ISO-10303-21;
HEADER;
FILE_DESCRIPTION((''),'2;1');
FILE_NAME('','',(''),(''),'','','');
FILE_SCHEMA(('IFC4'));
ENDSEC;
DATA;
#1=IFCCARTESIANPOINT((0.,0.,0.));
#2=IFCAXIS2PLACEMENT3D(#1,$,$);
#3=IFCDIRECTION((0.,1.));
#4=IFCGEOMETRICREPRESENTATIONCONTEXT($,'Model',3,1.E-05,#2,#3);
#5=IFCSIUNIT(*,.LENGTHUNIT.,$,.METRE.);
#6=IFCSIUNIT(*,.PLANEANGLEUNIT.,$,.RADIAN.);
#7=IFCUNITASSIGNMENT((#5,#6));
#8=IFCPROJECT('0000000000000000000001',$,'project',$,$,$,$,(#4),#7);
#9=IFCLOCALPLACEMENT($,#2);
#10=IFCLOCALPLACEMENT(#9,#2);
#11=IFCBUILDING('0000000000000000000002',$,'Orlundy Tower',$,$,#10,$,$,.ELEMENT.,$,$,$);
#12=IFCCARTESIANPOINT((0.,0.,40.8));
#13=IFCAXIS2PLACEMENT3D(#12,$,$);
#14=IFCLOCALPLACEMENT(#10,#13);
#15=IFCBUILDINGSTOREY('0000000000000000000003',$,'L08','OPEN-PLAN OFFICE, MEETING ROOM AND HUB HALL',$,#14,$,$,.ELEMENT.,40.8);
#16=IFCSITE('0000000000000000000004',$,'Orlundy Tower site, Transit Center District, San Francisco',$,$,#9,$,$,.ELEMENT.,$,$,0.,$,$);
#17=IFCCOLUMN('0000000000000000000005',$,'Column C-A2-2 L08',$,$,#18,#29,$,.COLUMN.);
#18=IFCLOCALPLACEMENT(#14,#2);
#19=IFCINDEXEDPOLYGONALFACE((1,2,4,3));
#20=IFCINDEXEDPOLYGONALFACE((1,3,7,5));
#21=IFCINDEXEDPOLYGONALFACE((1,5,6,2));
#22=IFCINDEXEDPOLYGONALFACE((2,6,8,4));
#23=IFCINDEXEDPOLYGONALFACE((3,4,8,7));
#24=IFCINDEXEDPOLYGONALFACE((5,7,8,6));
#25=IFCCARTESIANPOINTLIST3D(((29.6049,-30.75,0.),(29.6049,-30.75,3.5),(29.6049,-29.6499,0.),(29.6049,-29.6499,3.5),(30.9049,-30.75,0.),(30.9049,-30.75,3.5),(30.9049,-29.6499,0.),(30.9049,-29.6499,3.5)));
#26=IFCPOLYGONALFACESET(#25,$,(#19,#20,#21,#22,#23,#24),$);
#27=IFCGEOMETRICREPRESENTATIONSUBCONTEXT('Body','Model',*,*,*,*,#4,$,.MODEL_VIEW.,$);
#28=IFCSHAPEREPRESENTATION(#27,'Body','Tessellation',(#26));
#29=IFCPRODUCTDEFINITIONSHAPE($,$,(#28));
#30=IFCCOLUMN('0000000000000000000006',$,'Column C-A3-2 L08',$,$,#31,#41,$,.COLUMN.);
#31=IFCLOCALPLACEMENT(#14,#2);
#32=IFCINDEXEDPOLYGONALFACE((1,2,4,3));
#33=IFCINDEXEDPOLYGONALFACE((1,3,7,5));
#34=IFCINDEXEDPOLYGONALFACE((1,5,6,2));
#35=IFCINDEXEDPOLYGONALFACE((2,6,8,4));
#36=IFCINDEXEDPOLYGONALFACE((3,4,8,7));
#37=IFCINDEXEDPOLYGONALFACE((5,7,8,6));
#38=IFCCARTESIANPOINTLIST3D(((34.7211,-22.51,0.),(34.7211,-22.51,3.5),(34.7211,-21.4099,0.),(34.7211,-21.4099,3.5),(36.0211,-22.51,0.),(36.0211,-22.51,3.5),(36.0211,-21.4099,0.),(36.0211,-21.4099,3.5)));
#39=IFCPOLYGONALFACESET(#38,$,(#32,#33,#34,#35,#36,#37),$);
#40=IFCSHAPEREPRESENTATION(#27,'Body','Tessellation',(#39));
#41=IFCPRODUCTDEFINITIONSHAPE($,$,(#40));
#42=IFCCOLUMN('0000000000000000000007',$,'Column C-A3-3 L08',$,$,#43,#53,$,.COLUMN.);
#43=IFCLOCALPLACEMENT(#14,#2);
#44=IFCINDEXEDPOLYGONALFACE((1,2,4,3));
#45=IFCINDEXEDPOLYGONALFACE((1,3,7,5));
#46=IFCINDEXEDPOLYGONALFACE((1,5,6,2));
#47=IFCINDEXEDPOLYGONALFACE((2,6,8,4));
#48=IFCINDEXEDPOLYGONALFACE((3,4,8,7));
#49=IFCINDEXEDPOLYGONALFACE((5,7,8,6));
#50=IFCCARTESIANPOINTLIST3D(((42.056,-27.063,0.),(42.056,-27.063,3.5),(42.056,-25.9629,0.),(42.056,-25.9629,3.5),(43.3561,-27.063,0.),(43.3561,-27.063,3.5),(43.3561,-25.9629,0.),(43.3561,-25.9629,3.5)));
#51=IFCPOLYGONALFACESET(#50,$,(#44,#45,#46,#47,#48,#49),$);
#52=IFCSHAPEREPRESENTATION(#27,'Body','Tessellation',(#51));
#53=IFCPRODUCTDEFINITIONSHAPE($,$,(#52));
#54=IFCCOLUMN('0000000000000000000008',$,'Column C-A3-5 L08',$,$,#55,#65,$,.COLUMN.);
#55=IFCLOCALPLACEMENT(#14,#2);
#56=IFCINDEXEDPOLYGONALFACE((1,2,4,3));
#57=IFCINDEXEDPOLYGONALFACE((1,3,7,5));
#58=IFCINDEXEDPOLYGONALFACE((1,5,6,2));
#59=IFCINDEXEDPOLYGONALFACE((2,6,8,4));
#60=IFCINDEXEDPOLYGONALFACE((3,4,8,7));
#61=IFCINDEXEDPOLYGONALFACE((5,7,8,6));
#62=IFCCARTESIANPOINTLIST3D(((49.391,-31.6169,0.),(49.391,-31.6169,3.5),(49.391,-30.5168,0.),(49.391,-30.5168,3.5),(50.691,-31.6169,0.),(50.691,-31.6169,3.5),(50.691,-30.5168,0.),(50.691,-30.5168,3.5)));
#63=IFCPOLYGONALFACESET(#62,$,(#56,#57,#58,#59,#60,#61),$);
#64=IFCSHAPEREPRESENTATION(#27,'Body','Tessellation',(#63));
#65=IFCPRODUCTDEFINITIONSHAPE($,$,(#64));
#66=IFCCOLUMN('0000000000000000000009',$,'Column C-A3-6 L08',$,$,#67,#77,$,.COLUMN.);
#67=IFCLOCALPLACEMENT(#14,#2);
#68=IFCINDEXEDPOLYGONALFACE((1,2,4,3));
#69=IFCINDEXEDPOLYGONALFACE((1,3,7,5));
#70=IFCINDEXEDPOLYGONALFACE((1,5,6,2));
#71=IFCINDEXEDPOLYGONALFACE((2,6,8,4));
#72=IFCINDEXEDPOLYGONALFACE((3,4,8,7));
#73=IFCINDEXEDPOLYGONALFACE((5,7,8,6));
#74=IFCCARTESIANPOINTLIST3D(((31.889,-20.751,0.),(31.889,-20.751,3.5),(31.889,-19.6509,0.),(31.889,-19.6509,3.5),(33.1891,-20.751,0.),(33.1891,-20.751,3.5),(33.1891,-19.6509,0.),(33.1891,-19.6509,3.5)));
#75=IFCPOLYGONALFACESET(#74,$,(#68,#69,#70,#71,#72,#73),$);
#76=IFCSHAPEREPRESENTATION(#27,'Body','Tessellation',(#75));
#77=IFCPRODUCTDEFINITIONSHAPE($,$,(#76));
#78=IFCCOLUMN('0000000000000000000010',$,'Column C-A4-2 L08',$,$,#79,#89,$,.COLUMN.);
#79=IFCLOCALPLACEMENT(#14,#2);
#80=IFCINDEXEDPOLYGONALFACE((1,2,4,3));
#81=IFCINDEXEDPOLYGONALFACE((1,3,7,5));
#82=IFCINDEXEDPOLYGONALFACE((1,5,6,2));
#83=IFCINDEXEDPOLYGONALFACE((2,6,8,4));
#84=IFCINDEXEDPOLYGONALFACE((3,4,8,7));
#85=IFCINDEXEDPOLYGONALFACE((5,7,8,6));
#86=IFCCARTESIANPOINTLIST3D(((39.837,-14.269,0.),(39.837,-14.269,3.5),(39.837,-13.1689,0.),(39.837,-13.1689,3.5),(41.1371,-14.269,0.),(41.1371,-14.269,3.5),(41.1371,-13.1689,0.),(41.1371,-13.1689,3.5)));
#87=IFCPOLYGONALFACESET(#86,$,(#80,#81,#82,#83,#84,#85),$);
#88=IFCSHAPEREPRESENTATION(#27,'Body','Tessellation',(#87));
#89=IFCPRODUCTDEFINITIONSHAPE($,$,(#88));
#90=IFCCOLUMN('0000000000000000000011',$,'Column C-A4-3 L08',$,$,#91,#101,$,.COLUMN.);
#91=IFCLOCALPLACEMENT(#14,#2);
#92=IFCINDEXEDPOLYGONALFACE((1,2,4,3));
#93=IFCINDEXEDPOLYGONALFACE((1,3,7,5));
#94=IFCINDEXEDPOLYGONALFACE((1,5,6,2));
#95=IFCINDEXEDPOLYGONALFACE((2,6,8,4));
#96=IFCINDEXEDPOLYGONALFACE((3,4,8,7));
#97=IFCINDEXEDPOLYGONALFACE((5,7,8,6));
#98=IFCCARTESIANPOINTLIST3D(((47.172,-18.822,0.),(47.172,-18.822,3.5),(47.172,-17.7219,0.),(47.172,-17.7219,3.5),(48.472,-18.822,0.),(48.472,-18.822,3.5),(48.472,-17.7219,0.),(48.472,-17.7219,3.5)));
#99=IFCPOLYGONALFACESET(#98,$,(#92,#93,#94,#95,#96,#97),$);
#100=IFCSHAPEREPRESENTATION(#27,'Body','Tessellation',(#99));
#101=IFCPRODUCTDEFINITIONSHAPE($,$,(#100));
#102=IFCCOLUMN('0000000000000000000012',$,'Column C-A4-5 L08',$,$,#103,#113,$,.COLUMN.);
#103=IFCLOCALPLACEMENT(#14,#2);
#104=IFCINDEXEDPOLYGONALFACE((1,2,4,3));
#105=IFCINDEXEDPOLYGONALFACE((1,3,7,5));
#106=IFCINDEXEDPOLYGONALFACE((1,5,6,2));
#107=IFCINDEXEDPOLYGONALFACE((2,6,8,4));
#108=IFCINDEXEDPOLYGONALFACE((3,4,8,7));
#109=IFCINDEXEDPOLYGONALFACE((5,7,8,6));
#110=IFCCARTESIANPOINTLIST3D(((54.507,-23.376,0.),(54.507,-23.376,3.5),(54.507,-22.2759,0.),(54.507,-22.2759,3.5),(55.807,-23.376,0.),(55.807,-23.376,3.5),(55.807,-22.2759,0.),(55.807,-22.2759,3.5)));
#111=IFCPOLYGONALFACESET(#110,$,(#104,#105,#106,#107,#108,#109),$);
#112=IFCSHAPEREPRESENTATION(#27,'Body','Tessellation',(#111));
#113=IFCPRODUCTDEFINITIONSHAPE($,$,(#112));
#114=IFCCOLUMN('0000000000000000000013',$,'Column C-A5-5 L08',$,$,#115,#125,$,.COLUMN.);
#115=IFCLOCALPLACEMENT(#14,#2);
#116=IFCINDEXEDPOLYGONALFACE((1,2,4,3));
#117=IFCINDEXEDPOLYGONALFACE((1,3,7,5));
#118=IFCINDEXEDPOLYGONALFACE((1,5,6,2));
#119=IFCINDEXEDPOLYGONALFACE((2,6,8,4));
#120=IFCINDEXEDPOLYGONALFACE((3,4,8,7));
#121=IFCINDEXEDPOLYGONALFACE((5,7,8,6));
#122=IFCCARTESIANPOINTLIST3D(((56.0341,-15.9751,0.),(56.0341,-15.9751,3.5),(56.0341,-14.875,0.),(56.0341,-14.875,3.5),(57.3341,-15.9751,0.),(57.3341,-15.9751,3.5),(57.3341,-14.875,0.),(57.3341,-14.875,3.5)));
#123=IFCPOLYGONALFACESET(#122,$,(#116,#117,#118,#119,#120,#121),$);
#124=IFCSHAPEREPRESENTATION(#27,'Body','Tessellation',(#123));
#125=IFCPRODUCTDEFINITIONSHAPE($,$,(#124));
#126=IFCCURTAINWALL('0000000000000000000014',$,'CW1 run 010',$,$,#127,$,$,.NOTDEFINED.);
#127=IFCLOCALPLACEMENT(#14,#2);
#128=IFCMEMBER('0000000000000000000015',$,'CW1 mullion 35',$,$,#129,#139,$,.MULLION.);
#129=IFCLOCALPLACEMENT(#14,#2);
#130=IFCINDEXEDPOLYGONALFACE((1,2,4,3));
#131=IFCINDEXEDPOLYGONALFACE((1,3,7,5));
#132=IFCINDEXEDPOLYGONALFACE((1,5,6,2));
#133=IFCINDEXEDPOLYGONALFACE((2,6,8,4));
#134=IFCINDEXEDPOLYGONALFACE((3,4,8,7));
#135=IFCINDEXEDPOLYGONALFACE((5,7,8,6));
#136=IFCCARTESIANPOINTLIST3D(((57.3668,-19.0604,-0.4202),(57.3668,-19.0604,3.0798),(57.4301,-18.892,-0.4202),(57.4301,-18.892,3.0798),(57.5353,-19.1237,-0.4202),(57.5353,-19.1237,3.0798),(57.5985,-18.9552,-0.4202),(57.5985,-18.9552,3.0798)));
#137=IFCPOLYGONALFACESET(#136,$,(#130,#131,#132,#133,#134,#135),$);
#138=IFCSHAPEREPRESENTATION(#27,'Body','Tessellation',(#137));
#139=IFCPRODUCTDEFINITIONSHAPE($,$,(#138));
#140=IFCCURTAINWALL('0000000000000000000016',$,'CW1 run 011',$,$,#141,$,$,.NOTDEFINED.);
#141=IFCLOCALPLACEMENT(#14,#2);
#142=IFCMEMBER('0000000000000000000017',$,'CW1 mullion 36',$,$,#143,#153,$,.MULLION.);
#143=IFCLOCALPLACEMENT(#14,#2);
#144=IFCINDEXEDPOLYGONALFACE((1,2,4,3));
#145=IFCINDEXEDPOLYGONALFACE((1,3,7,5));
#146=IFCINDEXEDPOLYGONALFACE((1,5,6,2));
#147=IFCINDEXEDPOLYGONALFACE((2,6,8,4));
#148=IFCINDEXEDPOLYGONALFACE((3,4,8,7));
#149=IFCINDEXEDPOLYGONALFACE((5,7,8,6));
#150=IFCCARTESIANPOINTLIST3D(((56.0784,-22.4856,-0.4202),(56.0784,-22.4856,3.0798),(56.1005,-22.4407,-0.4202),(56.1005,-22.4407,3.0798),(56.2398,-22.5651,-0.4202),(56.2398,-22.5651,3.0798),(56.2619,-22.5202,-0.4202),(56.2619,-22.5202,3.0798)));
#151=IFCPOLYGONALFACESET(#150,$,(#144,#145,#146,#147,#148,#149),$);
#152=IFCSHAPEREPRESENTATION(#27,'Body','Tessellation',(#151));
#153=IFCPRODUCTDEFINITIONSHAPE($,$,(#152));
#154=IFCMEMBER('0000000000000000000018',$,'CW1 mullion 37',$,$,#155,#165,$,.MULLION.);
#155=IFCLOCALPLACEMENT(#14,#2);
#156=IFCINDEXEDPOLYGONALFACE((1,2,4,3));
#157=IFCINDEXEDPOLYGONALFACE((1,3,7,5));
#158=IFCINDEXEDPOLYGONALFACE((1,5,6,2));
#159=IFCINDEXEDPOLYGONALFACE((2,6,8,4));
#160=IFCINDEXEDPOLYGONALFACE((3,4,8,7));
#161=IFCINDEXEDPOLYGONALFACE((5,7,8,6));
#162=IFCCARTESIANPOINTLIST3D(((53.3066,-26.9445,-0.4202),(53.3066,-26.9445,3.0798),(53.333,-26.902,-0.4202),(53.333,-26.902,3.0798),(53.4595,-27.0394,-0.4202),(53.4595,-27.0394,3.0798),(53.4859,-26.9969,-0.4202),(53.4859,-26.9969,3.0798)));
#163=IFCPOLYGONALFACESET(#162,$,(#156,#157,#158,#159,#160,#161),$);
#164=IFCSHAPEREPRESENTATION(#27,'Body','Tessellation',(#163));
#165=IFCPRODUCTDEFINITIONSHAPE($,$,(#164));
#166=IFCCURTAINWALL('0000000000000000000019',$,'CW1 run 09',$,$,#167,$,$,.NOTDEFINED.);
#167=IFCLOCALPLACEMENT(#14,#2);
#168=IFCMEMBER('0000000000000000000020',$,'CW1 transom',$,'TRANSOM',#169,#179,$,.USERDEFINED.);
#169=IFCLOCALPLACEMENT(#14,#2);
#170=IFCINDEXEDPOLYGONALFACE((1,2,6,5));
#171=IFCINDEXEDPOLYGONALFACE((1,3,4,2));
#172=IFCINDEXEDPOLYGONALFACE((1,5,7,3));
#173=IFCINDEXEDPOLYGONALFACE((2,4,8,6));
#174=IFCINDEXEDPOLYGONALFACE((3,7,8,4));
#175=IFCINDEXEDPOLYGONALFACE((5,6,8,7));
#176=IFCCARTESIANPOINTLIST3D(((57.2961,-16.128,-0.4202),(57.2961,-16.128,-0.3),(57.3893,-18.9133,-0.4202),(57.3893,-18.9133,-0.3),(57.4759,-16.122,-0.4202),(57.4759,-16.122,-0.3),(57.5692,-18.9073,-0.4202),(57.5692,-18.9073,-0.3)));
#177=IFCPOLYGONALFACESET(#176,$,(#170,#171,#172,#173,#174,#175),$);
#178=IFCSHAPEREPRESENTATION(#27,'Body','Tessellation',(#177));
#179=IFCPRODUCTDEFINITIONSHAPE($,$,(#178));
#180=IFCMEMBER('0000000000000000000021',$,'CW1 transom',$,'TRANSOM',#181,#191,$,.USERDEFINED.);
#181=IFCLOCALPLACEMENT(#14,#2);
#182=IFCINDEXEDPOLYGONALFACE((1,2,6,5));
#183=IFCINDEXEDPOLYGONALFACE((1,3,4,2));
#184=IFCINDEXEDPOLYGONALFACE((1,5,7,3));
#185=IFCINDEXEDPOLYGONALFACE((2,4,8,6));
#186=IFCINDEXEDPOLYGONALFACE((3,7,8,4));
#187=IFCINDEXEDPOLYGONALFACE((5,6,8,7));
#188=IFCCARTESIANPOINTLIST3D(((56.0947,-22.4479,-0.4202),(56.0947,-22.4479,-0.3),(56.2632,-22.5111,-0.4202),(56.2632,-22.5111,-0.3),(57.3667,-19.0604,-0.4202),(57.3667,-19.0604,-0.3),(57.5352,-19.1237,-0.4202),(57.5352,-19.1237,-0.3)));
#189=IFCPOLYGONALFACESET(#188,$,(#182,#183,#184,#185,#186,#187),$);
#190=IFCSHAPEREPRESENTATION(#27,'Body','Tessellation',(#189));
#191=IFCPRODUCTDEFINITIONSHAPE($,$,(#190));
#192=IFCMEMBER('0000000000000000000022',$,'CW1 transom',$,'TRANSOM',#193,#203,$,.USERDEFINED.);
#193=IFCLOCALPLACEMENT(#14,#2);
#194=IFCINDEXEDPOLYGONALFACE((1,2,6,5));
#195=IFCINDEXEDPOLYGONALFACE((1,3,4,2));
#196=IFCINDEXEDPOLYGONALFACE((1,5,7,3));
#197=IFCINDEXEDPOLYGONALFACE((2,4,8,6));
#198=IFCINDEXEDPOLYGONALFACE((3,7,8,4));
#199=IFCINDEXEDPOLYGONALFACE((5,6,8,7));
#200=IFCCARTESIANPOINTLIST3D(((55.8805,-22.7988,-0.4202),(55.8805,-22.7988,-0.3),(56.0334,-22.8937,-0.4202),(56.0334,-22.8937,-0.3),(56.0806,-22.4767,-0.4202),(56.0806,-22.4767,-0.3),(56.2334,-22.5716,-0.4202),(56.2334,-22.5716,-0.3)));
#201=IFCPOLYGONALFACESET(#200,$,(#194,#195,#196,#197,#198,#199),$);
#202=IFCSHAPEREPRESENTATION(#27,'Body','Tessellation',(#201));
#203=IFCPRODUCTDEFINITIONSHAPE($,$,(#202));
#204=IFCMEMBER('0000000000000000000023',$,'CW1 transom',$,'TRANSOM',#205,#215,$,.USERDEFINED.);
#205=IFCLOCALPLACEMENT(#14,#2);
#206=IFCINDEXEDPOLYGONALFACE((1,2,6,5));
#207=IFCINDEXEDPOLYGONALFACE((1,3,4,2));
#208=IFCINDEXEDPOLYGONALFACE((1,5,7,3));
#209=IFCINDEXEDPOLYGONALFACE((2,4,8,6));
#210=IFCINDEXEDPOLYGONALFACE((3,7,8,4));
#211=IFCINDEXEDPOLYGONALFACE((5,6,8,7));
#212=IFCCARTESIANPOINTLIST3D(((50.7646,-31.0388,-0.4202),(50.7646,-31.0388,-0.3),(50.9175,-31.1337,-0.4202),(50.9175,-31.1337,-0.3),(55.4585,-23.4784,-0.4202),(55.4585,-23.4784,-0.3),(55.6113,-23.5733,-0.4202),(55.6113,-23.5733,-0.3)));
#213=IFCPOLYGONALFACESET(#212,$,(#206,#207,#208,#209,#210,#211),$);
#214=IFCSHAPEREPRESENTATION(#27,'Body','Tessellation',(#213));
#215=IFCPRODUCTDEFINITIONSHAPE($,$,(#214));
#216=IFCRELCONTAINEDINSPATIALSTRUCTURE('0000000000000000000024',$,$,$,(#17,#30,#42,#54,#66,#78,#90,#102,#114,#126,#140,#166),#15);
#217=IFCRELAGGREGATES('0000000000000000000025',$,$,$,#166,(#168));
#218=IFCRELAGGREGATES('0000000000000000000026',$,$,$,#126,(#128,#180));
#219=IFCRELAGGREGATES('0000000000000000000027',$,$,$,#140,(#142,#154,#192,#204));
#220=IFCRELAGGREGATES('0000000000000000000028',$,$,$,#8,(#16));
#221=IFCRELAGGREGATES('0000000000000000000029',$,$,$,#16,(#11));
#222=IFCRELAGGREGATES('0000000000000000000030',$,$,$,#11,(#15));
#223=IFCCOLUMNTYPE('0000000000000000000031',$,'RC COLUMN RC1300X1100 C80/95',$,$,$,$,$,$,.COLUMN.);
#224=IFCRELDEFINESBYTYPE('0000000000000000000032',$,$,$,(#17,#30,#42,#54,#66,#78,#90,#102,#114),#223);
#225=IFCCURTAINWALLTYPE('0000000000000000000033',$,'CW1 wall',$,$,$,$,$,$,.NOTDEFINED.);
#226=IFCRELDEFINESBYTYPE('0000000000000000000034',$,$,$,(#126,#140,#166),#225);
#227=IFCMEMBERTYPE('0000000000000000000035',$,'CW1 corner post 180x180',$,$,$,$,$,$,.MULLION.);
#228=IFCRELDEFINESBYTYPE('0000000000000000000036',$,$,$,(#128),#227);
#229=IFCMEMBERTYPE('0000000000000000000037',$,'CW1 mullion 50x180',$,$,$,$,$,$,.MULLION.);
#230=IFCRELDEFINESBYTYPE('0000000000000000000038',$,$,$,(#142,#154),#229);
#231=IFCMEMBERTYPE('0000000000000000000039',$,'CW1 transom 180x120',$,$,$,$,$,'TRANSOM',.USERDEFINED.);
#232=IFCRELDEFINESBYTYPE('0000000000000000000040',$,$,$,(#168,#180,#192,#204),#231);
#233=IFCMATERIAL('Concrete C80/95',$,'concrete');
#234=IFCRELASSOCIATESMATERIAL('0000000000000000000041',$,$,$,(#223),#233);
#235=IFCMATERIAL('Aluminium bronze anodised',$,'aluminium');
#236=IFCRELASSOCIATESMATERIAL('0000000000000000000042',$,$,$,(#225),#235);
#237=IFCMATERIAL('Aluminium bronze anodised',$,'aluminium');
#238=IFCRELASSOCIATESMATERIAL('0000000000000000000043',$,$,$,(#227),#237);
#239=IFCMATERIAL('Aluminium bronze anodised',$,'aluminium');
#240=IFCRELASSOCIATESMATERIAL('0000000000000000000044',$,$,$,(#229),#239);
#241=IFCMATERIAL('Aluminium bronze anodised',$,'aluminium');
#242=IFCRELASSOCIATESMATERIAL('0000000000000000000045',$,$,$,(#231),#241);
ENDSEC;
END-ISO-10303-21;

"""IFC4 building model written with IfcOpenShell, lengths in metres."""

from ifc_helpers import new_model, si_unit, direction, frame, origin, origin_2d, place, context, subcontext, project, spatial, rectangle, extrude, material, material_profile, profile_set, type_object, element, aggregate, save


model = new_model("IFC4")

# Units and contexts
model_context = context("Model", 3, precision=1e-05, world=origin(), true_north=direction((0.0, 1.0)))
body_context = subcontext(model_context, "Body", "Model", "MODEL_VIEW")
ifc_project = project(units=[si_unit("LENGTHUNIT", "METRE"), si_unit("PLANEANGLEUNIT", "RADIAN")], contexts=[model_context])

# Site, building, storey
site_placement = place(None, origin())
site = spatial("IfcSite", under=ifc_project, at=site_placement, Name="Orlundy Tower site, Transit Center District, San Francisco", CompositionType="ELEMENT", RefElevation=0.0)
building_placement = place(site_placement, origin())
building = spatial("IfcBuilding", under=site, at=building_placement, Name="Orlundy Tower", CompositionType="ELEMENT")
storey_placement = place(building_placement, frame((0.0, 0.0, 40.8)))
storey = spatial("IfcBuildingStorey", under=building, at=storey_placement, Name="L08", Description="OPEN-PLAN OFFICE, MEETING ROOM AND HUB HALL", CompositionType="ELEMENT", Elevation=40.8)

# Columns
ifc_material_1 = material(Name="Concrete C80/95", Category="concrete")
ifc_material_profile_1 = material_profile(ifc_material_1, rectangle(XDim=1.3, YDim=1.1001, at=origin_2d()), Name="RC1300X1100")
ifc_profile_set_1 = profile_set([ifc_material_profile_1], Name="Concrete C80/95")
column_type = type_object("IfcColumnType", Name="RC COLUMN RC1300X1100 C80/95", PredefinedType="COLUMN", material=ifc_profile_set_1)
for number, where, z_axis, x_axis, name in (
    (1, (30.2549, -30.2, 0.0), (0.0, 0.0, 1.0), (1.0, 0.0, 0.0), "Column C-A2-2 L08"),
    (2, (35.3711, -21.96, 0.0), (0.0, 0.0, 1.0), (1.0, 0.0, 0.0), "Column C-A3-2 L08"),
    (3, (42.7061, -26.5129, 0.0), (0.0, 0.0, 1.0), (1.0, 0.0, 0.0), "Column C-A3-3 L08"),
    (4, (50.041, -31.0669, 0.0), (0.0, 0.0, 1.0), (1.0, 0.0, 0.0), "Column C-A3-5 L08"),
    (5, (32.5391, -20.2009, 0.0), (0.0, 0.0, 1.0), (1.0, 0.0, 0.0), "Column C-A3-6 L08"),
    (6, (40.4871, -13.719, 0.0), (0.0, 0.0, 1.0), (1.0, 0.0, 0.0), "Column C-A4-2 L08"),
    (7, (47.822, -18.272, 0.0), (0.0, 0.0, 1.0), (1.0, 0.0, 0.0), "Column C-A4-3 L08"),
    (8, (55.157, -22.8259, 0.0), (0.0, 0.0, 1.0), (1.0, 0.0, 0.0), "Column C-A4-5 L08"),
    (9, (56.6841, -15.425, 0.0), (0.0, 0.0, 1.0), (1.0, 0.0, 0.0), "Column C-A5-5 L08"),
):
    element("IfcColumn", number, at=place(storey_placement, frame(where, z_axis=z_axis, x_axis=x_axis)), inside=storey, type_object=column_type, Name=name, PredefinedType="COLUMN", context=body_context, shape_type="SweptSolid", body=[
        extrude(rectangle(XDim=1.3, YDim=1.1001, at=origin_2d()), origin(), (0.0, 0.0, 1.0), 3.5),
    ])

# Curtain wall, member
ifc_material_2 = material(Name="Aluminium bronze anodised", Category="aluminium")
curtain_wall_type = type_object("IfcCurtainWallType", Name="CW1 wall", PredefinedType="NOTDEFINED", material=ifc_material_2)
curtain_wall_1_placement = place(storey_placement, origin())
curtain_wall_1 = element("IfcCurtainWall", 10, at=curtain_wall_1_placement, inside=storey, type_object=curtain_wall_type, Name="CW1 run 010", PredefinedType="NOTDEFINED")
ifc_material_3 = material(Name="Aluminium bronze anodised", Category="aluminium")
ifc_material_profile_2 = material_profile(ifc_material_3, rectangle(XDim=0.1799, YDim=0.1799, at=origin_2d()), Name="CW1 corner post 180x180")
ifc_profile_set_2 = profile_set([ifc_material_profile_2], Name="Aluminium bronze anodised")
member_type_1 = type_object("IfcMemberType", Name="CW1 corner post 180x180", PredefinedType="MULLION", material=ifc_profile_set_2)
member_1_placement = place(storey_placement, frame((57.4827, -19.0078, -0.4202), z_axis=(0.0, 0.0, 1.0), x_axis=(0.936174, -0.351537, 0.0)))
member_1 = element("IfcMember", 11, at=member_1_placement, type_object=member_type_1, Name="CW1 mullion 35", PredefinedType="MULLION", context=body_context, shape_type="SweptSolid", body=[
    extrude(rectangle(XDim=0.1799, YDim=0.1799, at=origin_2d()), origin(), (0.0, 0.0, 1.0), 3.5),
])

# Curtain wall, members
curtain_wall_2_placement = place(storey_placement, origin())
curtain_wall_2 = element("IfcCurtainWall", 12, at=curtain_wall_2_placement, inside=storey, type_object=curtain_wall_type, Name="CW1 run 011", PredefinedType="NOTDEFINED")
ifc_material_4 = material(Name="Aluminium bronze anodised", Category="aluminium")
ifc_material_profile_3 = material_profile(ifc_material_4, rectangle(XDim=0.1799, YDim=0.05, at=origin_2d()), Name="CW1 mullion 50x180")
ifc_profile_set_3 = profile_set([ifc_material_profile_3], Name="Aluminium bronze anodised")
member_type_2 = type_object("IfcMemberType", Name="CW1 mullion 50x180", PredefinedType="MULLION", material=ifc_profile_set_3)
member_2_placement = place(storey_placement, frame((56.1702, -22.5029, -0.4202), z_axis=(0.0, 0.0, 1.0), x_axis=(0.897195, -0.441634, 0.0)))
member_2 = element("IfcMember", 13, at=member_2_placement, type_object=member_type_2, Name="CW1 mullion 36", PredefinedType="MULLION", context=body_context, shape_type="SweptSolid", body=[
    extrude(rectangle(XDim=0.1799, YDim=0.05, at=origin_2d()), origin(), (0.0, 0.0, 1.0), 3.5),
])
member_3_placement = place(storey_placement, frame((53.3962, -26.9707, -0.4202), z_axis=(0.0, 0.0, 1.0), x_axis=(0.84957, -0.527475, 0.0)))
member_3 = element("IfcMember", 14, at=member_3_placement, type_object=member_type_2, Name="CW1 mullion 37", PredefinedType="MULLION", context=body_context, shape_type="SweptSolid", body=[
    extrude(rectangle(XDim=0.1799, YDim=0.05, at=origin_2d()), origin(), (0.0, 0.0, 1.0), 3.5),
])

# Curtain wall, member
curtain_wall_3_placement = place(storey_placement, origin())
curtain_wall_3 = element("IfcCurtainWall", 15, at=curtain_wall_3_placement, inside=storey, type_object=curtain_wall_type, Name="CW1 run 09", PredefinedType="NOTDEFINED")
ifc_material_5 = material(Name="Aluminium bronze anodised", Category="aluminium")
ifc_material_profile_4 = material_profile(ifc_material_5, rectangle(XDim=0.1799, YDim=0.1201, at=origin_2d()), Name="CW1 transom 180x120")
ifc_profile_set_4 = profile_set([ifc_material_profile_4], Name="Aluminium bronze anodised")
member_type_3 = type_object("IfcMemberType", Name="CW1 transom 180x120", ElementType="TRANSOM", PredefinedType="USERDEFINED", material=ifc_profile_set_4)
member_4_placement = place(storey_placement, frame((57.386, -16.125, -0.3601), z_axis=(0.033464, -0.99944, 0.0), x_axis=(0.99944, 0.033464, 0.0)))
member_4 = element("IfcMember", 16, at=member_4_placement, type_object=member_type_3, Name="CW1 transom", ObjectType="TRANSOM", PredefinedType="USERDEFINED", context=body_context, shape_type="SweptSolid", body=[
    extrude(rectangle(XDim=0.1799, YDim=0.1201, at=origin_2d()), origin(), (0.0, 0.0, 1.0), 2.7869),
])

# Members
member_5_placement = place(storey_placement, frame((57.4509, -19.092, -0.3601), z_axis=(-0.35153, -0.936177, 0.0), x_axis=(0.936177, -0.35153, 0.0)))
member_5 = element("IfcMember", 17, at=member_5_placement, type_object=member_type_3, Name="CW1 transom", ObjectType="TRANSOM", PredefinedType="USERDEFINED", context=body_context, shape_type="SweptSolid", body=[
    extrude(rectangle(XDim=0.1799, YDim=0.1201, at=origin_2d()), origin(), (0.0, 0.0, 1.0), 3.6184),
])
member_6_placement = place(storey_placement, frame((56.157, -22.5242, -0.3601), z_axis=(-0.527507, -0.849551, 0.0), x_axis=(0.849551, -0.527507, 0.0)))
member_6 = element("IfcMember", 18, at=member_6_placement, type_object=member_type_3, Name="CW1 transom", ObjectType="TRANSOM", PredefinedType="USERDEFINED", context=body_context, shape_type="SweptSolid", body=[
    extrude(rectangle(XDim=0.1799, YDim=0.1201, at=origin_2d()), origin(), (0.0, 0.0, 1.0), 0.3792),
])
member_7_placement = place(storey_placement, frame((55.5349, -23.5259, -0.3601), z_axis=(-0.527464, -0.849577, 0.0), x_axis=(0.849577, -0.527464, 0.0)))
member_7 = element("IfcMember", 19, at=member_7_placement, type_object=member_type_3, Name="CW1 transom", ObjectType="TRANSOM", PredefinedType="USERDEFINED", context=body_context, shape_type="SweptSolid", body=[
    extrude(rectangle(XDim=0.1799, YDim=0.1201, at=origin_2d()), origin(), (0.0, 0.0, 1.0), 8.8989),
])

aggregate(curtain_wall_3, [member_4])
aggregate(curtain_wall_1, [member_1, member_5])
aggregate(curtain_wall_2, [member_2, member_3, member_6, member_7])

save(model, "model.ifc")
